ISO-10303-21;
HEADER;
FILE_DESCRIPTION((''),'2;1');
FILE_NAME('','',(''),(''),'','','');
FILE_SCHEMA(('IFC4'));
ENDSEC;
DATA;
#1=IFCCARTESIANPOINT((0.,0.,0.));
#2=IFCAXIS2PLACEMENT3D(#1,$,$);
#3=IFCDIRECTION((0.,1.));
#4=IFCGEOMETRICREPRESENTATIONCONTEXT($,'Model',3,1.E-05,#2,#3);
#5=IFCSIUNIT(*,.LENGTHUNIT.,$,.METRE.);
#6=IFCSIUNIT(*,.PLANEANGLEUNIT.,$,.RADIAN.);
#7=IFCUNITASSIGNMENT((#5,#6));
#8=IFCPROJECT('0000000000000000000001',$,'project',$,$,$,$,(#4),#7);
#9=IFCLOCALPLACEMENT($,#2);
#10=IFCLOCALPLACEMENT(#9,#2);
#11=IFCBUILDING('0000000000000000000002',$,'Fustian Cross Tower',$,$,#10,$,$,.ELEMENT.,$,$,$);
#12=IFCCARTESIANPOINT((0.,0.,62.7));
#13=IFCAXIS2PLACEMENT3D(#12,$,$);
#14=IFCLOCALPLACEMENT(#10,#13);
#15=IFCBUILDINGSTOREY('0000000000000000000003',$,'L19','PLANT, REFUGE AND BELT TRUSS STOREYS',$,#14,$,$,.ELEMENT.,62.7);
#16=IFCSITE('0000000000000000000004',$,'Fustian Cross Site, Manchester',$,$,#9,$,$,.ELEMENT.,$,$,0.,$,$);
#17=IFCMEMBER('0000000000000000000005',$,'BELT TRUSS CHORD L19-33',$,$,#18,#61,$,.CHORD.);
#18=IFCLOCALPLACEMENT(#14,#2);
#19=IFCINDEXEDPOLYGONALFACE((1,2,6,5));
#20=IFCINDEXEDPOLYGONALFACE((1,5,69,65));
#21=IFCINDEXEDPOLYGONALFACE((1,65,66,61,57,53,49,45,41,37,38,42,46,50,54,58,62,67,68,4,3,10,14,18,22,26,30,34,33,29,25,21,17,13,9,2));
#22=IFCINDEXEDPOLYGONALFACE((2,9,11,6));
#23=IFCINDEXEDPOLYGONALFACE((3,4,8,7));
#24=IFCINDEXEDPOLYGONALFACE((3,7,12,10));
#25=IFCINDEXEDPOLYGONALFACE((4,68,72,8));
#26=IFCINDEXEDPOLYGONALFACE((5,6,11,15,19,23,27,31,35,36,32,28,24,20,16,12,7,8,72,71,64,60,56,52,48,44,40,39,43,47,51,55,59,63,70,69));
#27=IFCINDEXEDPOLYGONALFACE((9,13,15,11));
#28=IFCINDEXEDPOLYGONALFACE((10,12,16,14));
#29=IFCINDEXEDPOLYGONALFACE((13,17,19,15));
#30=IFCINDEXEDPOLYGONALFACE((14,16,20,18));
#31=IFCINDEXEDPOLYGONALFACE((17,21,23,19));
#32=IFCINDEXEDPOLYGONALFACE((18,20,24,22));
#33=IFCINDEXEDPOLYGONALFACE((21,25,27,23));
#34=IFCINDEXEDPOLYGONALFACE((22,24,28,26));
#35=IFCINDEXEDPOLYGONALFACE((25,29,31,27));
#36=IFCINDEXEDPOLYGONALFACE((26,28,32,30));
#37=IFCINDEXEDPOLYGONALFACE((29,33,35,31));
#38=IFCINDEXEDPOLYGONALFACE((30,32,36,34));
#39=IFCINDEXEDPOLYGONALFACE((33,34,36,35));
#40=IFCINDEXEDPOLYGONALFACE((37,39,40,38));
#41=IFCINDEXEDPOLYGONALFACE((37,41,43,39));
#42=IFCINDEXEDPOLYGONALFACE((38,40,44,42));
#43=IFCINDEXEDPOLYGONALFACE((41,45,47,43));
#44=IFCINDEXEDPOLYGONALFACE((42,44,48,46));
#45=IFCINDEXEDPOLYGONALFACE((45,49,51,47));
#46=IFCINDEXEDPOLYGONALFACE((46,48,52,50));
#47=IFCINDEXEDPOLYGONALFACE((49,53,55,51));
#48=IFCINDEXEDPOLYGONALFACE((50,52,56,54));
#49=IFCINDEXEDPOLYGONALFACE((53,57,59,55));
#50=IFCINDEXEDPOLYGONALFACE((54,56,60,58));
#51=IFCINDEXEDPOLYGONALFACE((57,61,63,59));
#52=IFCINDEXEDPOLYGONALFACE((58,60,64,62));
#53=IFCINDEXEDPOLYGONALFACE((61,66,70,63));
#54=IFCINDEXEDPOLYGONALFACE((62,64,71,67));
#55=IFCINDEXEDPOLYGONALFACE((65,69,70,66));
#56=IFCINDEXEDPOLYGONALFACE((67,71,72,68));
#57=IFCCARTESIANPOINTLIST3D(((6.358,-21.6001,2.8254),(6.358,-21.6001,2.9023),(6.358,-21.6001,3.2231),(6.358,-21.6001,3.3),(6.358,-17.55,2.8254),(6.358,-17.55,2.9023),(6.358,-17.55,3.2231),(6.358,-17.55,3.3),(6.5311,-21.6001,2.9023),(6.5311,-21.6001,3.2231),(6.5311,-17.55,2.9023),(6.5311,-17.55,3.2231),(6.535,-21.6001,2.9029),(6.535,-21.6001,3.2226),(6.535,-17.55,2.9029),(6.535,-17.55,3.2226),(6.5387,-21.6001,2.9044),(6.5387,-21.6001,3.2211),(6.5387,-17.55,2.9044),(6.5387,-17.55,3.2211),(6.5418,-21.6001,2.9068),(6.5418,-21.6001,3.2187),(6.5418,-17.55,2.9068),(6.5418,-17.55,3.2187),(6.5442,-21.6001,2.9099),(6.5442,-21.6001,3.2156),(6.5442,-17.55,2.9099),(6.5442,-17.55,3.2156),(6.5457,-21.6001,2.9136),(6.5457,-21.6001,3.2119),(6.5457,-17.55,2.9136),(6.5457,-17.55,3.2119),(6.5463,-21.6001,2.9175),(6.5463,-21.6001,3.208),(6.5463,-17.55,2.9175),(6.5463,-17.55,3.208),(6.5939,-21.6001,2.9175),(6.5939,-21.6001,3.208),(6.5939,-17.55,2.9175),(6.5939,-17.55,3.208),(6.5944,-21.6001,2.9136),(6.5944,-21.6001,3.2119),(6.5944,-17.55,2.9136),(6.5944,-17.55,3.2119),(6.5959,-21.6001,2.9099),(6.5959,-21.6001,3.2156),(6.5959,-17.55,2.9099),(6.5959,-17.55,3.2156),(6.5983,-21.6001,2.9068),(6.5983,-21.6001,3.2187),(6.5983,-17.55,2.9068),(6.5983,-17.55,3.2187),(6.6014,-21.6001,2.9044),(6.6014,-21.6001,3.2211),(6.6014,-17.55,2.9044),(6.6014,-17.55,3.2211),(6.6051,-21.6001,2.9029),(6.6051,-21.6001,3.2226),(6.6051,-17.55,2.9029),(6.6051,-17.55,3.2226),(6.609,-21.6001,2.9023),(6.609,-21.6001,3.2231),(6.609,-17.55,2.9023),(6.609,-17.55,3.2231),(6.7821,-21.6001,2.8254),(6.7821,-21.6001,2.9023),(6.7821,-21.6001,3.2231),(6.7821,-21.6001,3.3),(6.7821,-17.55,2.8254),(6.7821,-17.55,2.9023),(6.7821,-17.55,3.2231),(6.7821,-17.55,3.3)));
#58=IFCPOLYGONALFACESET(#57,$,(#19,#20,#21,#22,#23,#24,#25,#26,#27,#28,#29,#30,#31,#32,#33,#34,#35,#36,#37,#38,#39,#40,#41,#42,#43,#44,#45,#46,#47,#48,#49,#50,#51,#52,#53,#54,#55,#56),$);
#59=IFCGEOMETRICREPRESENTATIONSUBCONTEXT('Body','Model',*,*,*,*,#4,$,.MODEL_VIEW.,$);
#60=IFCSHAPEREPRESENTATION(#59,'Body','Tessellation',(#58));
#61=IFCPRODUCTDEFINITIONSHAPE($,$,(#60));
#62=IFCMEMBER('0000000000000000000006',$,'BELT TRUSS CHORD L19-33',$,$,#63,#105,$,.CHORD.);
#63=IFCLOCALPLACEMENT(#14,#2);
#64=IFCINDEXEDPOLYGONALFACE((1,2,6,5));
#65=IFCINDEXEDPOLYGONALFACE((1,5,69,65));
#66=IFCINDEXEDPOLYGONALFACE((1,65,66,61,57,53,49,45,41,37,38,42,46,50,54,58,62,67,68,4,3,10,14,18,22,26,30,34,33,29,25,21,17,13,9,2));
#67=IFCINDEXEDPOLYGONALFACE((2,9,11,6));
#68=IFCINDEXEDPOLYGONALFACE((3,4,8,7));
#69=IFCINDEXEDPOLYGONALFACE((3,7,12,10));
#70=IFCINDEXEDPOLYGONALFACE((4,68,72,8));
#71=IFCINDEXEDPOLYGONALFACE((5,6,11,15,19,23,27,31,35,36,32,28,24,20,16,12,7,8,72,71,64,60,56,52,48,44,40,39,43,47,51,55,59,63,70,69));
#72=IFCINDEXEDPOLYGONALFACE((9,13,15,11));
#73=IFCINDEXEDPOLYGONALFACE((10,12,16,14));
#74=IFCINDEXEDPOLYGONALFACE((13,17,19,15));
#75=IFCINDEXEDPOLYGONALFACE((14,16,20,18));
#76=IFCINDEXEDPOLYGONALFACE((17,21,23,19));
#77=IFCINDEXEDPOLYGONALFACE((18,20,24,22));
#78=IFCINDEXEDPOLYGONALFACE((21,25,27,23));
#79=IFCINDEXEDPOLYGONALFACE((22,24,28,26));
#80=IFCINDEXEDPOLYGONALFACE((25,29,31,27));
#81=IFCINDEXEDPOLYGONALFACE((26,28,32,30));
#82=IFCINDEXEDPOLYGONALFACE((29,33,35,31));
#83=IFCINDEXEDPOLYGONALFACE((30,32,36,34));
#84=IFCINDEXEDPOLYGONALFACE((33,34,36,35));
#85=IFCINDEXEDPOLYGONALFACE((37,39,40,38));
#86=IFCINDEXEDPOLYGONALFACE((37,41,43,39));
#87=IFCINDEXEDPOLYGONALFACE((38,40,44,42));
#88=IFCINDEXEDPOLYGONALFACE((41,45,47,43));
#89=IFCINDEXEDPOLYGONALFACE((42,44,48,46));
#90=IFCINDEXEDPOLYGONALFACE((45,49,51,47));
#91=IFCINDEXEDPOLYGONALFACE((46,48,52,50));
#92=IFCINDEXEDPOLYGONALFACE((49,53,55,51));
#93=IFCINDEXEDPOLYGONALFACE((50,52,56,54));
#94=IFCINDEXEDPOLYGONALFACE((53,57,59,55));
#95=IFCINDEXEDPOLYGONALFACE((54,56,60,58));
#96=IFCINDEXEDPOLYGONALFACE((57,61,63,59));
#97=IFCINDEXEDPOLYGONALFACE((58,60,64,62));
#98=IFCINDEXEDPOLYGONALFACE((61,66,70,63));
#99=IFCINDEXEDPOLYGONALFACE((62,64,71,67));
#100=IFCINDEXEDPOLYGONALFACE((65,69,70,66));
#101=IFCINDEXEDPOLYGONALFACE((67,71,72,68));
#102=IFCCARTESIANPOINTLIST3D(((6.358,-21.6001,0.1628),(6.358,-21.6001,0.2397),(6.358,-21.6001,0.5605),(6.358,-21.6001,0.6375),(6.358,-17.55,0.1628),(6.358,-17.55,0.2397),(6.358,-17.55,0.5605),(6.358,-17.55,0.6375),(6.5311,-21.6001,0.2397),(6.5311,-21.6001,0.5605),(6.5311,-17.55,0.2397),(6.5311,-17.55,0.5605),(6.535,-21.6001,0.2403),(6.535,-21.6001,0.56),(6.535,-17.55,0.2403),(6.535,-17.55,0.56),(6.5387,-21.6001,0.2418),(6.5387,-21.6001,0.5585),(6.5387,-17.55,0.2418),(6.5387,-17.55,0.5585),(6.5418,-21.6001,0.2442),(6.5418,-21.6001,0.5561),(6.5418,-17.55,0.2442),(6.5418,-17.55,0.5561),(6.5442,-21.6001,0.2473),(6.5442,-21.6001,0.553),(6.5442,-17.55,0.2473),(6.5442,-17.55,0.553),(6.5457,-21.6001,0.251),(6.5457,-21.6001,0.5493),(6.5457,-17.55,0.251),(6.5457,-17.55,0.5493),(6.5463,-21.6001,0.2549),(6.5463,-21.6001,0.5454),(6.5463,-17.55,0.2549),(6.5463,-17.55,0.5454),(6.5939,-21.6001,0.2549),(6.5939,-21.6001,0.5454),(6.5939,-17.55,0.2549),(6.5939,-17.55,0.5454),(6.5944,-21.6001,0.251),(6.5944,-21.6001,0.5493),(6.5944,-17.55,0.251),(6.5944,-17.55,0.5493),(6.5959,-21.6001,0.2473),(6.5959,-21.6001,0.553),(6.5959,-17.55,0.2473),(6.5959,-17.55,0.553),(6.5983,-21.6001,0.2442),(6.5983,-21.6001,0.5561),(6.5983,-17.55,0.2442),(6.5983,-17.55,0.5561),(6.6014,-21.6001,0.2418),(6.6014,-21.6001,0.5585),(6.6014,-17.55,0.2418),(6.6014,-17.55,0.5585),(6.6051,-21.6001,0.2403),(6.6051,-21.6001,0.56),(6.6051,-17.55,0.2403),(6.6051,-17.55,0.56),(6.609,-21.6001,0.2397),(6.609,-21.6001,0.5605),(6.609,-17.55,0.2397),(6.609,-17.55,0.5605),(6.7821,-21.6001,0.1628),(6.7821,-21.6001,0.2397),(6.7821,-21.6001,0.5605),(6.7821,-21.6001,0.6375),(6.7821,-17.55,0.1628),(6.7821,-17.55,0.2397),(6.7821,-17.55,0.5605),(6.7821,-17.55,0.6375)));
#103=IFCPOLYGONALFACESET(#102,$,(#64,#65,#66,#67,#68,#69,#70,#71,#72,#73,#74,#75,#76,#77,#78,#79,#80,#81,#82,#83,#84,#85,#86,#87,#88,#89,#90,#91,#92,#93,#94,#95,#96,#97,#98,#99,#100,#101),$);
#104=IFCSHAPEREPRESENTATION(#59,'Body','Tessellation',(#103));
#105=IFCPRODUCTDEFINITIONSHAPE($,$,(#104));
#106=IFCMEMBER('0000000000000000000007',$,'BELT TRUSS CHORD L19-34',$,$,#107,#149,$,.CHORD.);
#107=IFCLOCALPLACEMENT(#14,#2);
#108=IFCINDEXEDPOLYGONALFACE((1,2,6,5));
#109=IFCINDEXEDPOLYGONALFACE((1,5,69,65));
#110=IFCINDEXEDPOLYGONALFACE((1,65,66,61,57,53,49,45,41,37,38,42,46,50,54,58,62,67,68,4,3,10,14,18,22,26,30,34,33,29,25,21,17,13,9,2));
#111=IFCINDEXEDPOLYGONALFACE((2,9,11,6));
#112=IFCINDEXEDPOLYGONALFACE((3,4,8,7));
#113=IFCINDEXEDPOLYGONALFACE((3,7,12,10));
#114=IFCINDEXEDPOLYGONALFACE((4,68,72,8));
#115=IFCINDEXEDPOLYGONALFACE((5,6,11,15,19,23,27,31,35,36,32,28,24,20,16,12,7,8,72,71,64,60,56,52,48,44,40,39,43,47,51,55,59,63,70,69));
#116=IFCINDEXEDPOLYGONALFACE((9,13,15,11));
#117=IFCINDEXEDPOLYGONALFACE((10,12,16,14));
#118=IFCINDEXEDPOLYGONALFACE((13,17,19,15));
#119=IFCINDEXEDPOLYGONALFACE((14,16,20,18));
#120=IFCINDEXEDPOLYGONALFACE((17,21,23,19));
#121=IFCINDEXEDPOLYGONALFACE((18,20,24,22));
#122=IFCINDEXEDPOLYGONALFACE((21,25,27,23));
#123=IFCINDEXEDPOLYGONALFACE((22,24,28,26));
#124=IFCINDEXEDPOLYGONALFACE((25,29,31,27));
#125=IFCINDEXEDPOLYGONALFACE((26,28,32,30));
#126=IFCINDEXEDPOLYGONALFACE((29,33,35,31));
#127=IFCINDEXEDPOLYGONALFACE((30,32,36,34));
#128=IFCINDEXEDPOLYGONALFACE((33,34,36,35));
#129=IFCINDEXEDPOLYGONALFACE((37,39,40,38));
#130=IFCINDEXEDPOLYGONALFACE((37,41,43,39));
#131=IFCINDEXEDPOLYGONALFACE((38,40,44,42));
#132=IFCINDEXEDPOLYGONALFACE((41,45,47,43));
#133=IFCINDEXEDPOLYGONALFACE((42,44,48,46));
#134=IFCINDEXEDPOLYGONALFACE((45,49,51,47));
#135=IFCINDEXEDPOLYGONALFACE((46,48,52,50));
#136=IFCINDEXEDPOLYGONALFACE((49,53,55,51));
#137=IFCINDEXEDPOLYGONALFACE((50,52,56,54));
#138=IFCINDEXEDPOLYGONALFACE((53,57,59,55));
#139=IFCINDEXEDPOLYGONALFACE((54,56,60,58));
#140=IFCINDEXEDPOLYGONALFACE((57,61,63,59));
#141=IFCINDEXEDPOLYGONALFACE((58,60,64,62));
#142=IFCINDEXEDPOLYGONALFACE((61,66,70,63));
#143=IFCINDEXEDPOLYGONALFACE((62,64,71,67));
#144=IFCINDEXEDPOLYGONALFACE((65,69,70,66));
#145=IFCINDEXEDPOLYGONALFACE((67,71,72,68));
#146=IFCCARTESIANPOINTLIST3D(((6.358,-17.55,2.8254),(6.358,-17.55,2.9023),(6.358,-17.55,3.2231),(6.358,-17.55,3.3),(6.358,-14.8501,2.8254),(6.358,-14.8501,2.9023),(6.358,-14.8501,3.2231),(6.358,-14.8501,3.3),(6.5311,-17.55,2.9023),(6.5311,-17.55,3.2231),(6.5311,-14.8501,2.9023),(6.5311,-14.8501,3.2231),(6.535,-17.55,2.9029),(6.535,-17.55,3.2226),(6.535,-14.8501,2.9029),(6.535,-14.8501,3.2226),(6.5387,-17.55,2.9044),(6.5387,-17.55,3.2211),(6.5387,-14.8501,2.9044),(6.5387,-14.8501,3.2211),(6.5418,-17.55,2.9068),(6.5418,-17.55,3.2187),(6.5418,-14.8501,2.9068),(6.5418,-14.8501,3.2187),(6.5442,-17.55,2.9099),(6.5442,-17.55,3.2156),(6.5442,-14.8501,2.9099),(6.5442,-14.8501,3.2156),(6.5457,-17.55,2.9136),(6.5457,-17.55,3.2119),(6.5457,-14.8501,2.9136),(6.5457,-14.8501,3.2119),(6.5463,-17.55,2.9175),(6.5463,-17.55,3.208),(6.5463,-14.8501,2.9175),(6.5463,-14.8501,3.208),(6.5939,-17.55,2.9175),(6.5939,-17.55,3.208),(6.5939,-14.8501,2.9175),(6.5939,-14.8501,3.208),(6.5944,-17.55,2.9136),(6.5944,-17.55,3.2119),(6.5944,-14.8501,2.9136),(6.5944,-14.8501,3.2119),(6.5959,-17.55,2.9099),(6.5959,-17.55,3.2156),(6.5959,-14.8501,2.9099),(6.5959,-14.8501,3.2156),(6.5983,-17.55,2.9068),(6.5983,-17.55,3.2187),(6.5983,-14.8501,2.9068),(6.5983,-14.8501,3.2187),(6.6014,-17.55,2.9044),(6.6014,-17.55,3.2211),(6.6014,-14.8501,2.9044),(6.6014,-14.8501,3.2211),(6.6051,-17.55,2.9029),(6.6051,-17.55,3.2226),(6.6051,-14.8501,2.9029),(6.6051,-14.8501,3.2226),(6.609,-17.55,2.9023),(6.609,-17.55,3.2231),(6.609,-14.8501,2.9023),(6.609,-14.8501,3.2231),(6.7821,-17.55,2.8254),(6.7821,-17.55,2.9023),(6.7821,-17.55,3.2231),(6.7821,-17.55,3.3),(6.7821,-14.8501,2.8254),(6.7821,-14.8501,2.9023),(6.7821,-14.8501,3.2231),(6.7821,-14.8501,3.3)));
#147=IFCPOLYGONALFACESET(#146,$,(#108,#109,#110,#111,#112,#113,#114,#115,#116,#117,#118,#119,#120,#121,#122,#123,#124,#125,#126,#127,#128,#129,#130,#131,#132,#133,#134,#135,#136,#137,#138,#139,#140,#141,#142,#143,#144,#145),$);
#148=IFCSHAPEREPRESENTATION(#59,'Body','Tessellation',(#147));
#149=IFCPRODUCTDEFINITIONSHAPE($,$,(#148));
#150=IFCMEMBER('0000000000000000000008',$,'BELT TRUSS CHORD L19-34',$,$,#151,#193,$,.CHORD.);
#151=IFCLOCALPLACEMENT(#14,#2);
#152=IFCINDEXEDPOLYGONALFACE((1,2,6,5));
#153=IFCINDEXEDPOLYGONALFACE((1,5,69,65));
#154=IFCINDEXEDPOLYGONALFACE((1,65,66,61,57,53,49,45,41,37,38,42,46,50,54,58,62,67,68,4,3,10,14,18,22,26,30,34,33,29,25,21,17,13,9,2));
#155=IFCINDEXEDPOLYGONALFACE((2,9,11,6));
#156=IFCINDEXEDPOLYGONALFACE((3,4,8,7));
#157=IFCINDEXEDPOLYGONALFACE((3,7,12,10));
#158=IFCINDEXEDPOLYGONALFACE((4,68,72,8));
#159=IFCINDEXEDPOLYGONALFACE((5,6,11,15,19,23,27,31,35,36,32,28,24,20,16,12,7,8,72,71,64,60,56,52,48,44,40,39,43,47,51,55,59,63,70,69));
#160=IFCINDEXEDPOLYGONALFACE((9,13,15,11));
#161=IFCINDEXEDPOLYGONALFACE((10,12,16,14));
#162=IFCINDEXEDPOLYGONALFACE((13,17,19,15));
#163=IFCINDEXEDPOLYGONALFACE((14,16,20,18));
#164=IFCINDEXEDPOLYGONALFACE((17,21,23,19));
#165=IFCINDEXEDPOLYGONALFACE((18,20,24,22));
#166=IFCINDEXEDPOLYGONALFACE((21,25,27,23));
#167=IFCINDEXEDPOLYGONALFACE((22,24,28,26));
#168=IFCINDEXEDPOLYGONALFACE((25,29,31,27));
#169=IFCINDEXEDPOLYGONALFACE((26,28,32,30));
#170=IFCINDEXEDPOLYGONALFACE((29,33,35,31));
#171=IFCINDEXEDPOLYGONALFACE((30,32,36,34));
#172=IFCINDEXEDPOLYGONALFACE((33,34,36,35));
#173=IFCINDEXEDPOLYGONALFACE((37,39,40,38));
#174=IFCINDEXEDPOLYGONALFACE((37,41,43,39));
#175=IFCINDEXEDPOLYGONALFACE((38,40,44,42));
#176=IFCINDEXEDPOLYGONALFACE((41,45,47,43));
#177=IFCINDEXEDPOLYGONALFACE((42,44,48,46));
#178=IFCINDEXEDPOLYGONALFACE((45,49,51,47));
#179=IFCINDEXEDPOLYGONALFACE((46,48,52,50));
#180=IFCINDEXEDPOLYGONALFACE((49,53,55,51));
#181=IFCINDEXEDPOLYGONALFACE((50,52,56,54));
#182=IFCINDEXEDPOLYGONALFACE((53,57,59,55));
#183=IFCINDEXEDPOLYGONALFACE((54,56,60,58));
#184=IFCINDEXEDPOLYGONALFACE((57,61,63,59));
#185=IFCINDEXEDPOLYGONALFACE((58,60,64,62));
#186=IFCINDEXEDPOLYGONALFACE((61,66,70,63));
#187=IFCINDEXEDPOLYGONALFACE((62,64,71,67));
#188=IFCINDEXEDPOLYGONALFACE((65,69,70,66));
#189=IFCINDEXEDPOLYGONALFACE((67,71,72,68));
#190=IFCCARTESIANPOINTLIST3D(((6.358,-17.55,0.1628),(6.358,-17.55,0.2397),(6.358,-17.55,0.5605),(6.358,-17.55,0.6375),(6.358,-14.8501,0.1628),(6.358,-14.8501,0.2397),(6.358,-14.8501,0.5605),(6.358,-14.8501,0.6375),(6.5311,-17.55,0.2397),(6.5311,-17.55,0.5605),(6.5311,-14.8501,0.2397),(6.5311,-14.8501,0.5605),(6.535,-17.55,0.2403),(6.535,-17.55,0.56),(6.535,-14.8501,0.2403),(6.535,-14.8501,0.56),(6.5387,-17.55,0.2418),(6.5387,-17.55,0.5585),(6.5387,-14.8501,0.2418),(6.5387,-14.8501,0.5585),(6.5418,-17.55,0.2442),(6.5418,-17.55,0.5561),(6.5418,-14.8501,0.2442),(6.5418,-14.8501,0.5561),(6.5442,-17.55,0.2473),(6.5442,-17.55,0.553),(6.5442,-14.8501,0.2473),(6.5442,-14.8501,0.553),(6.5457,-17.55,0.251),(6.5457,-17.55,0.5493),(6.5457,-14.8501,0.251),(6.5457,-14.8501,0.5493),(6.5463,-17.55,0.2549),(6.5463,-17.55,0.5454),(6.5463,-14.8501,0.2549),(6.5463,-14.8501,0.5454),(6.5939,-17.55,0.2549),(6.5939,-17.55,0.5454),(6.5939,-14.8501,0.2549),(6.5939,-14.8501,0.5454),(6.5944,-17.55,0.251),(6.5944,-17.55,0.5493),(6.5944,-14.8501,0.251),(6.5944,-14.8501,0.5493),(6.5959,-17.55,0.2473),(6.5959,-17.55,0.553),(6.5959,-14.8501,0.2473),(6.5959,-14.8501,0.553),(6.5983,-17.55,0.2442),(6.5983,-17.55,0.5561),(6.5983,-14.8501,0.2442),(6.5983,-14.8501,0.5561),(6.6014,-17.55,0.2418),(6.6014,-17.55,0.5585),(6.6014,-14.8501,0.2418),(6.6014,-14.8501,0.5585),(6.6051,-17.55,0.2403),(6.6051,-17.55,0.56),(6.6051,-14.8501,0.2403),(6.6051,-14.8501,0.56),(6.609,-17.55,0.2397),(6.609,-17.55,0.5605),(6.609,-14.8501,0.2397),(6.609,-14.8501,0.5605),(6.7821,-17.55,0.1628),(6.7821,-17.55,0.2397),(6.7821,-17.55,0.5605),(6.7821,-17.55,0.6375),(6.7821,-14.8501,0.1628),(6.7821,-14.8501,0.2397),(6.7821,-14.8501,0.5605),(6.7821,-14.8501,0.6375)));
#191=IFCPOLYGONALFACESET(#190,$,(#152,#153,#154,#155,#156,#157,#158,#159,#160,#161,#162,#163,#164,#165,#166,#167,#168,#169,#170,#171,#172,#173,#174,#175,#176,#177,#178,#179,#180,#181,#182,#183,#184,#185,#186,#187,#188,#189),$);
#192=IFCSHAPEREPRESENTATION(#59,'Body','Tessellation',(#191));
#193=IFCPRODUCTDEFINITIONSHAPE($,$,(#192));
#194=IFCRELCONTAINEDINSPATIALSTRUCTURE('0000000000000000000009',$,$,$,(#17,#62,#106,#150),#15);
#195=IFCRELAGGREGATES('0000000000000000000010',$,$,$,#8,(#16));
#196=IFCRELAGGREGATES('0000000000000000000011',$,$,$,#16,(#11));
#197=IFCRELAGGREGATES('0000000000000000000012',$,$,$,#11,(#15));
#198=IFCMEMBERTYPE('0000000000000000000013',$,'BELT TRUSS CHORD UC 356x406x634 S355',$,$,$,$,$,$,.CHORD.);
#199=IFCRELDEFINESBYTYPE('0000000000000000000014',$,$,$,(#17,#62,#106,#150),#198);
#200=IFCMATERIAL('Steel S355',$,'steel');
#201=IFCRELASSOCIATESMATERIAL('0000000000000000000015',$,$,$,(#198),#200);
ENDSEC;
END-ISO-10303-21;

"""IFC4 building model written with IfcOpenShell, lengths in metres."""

from ifc_helpers import new_model, si_unit, direction, frame, origin, origin_2d, place, context, subcontext, project, spatial, i_section, extrude, material, material_profile, profile_set, type_object, element, save


model = new_model("IFC4")

# Units and contexts
model_context = context("Model", 3, precision=1e-05, world=origin(), true_north=direction((0.0, 1.0)))
body_context = subcontext(model_context, "Body", "Model", "MODEL_VIEW")
ifc_project = project(units=[si_unit("LENGTHUNIT", "METRE"), si_unit("PLANEANGLEUNIT", "RADIAN")], contexts=[model_context])

# Site, building, storey
site_placement = place(None, origin())
site = spatial("IfcSite", under=ifc_project, at=site_placement, Name="Fustian Cross Site, Manchester", CompositionType="ELEMENT", RefElevation=0.0)
building_placement = place(site_placement, origin())
building = spatial("IfcBuilding", under=site, at=building_placement, Name="Fustian Cross Tower", CompositionType="ELEMENT")
storey_placement = place(building_placement, frame((0.0, 0.0, 62.7)))
storey = spatial("IfcBuildingStorey", under=building, at=storey_placement, Name="L19", Description="PLANT, REFUGE AND BELT TRUSS STOREYS", CompositionType="ELEMENT", Elevation=62.7)

# Members
ifc_material_1 = material(Name="Steel S355", Category="steel")
ifc_material_profile_1 = material_profile(ifc_material_1, i_section(OverallWidth=0.4241, OverallDepth=0.4746, WebThickness=0.0476, FlangeThickness=0.0769, FilletRadius=0.0151, at=origin_2d()), Name="UC 356x406x634")
ifc_profile_set_1 = profile_set([ifc_material_profile_1], Name="Steel S355")
member_type_1 = type_object("IfcMemberType", Name="BELT TRUSS CHORD UC 356x406x634 S355", PredefinedType="CHORD", material=ifc_profile_set_1)
for number, where, z_axis, x_axis, name in (
    (1, (6.5701, -21.6001, 3.0627), (0.0, 1.0, 0.0), (-1.0, 0.0, 0.0), "BELT TRUSS CHORD L19-33"),
    (2, (6.5701, -21.6001, 0.4001), (0.0, 1.0, 0.0), (-1.0, 0.0, 0.0), "BELT TRUSS CHORD L19-33"),
):
    element("IfcMember", number, at=place(storey_placement, frame(where, z_axis=z_axis, x_axis=x_axis)), inside=storey, type_object=member_type_1, Name=name, PredefinedType="CHORD", context=body_context, shape_type="SweptSolid", body=[
        extrude(i_section(OverallWidth=0.4241, OverallDepth=0.4746, WebThickness=0.0476, FlangeThickness=0.0769, FilletRadius=0.0151, at=origin_2d()), origin(), (0.0, 0.0, 1.0), 4.05),
    ])
for number, where, z_axis, x_axis, name in (
    (3, (6.5701, -17.55, 3.0627), (0.0, 1.0, 0.0), (-1.0, 0.0, 0.0), "BELT TRUSS CHORD L19-34"),
    (4, (6.5701, -17.55, 0.4001), (0.0, 1.0, 0.0), (-1.0, 0.0, 0.0), "BELT TRUSS CHORD L19-34"),
):
    element("IfcMember", number, at=place(storey_placement, frame(where, z_axis=z_axis, x_axis=x_axis)), inside=storey, type_object=member_type_1, Name=name, PredefinedType="CHORD", context=body_context, shape_type="SweptSolid", body=[
        extrude(i_section(OverallWidth=0.4241, OverallDepth=0.4746, WebThickness=0.0476, FlangeThickness=0.0769, FilletRadius=0.0151, at=origin_2d()), origin(), (0.0, 0.0, 1.0), 2.7),
    ])

save(model, "model.ifc")
